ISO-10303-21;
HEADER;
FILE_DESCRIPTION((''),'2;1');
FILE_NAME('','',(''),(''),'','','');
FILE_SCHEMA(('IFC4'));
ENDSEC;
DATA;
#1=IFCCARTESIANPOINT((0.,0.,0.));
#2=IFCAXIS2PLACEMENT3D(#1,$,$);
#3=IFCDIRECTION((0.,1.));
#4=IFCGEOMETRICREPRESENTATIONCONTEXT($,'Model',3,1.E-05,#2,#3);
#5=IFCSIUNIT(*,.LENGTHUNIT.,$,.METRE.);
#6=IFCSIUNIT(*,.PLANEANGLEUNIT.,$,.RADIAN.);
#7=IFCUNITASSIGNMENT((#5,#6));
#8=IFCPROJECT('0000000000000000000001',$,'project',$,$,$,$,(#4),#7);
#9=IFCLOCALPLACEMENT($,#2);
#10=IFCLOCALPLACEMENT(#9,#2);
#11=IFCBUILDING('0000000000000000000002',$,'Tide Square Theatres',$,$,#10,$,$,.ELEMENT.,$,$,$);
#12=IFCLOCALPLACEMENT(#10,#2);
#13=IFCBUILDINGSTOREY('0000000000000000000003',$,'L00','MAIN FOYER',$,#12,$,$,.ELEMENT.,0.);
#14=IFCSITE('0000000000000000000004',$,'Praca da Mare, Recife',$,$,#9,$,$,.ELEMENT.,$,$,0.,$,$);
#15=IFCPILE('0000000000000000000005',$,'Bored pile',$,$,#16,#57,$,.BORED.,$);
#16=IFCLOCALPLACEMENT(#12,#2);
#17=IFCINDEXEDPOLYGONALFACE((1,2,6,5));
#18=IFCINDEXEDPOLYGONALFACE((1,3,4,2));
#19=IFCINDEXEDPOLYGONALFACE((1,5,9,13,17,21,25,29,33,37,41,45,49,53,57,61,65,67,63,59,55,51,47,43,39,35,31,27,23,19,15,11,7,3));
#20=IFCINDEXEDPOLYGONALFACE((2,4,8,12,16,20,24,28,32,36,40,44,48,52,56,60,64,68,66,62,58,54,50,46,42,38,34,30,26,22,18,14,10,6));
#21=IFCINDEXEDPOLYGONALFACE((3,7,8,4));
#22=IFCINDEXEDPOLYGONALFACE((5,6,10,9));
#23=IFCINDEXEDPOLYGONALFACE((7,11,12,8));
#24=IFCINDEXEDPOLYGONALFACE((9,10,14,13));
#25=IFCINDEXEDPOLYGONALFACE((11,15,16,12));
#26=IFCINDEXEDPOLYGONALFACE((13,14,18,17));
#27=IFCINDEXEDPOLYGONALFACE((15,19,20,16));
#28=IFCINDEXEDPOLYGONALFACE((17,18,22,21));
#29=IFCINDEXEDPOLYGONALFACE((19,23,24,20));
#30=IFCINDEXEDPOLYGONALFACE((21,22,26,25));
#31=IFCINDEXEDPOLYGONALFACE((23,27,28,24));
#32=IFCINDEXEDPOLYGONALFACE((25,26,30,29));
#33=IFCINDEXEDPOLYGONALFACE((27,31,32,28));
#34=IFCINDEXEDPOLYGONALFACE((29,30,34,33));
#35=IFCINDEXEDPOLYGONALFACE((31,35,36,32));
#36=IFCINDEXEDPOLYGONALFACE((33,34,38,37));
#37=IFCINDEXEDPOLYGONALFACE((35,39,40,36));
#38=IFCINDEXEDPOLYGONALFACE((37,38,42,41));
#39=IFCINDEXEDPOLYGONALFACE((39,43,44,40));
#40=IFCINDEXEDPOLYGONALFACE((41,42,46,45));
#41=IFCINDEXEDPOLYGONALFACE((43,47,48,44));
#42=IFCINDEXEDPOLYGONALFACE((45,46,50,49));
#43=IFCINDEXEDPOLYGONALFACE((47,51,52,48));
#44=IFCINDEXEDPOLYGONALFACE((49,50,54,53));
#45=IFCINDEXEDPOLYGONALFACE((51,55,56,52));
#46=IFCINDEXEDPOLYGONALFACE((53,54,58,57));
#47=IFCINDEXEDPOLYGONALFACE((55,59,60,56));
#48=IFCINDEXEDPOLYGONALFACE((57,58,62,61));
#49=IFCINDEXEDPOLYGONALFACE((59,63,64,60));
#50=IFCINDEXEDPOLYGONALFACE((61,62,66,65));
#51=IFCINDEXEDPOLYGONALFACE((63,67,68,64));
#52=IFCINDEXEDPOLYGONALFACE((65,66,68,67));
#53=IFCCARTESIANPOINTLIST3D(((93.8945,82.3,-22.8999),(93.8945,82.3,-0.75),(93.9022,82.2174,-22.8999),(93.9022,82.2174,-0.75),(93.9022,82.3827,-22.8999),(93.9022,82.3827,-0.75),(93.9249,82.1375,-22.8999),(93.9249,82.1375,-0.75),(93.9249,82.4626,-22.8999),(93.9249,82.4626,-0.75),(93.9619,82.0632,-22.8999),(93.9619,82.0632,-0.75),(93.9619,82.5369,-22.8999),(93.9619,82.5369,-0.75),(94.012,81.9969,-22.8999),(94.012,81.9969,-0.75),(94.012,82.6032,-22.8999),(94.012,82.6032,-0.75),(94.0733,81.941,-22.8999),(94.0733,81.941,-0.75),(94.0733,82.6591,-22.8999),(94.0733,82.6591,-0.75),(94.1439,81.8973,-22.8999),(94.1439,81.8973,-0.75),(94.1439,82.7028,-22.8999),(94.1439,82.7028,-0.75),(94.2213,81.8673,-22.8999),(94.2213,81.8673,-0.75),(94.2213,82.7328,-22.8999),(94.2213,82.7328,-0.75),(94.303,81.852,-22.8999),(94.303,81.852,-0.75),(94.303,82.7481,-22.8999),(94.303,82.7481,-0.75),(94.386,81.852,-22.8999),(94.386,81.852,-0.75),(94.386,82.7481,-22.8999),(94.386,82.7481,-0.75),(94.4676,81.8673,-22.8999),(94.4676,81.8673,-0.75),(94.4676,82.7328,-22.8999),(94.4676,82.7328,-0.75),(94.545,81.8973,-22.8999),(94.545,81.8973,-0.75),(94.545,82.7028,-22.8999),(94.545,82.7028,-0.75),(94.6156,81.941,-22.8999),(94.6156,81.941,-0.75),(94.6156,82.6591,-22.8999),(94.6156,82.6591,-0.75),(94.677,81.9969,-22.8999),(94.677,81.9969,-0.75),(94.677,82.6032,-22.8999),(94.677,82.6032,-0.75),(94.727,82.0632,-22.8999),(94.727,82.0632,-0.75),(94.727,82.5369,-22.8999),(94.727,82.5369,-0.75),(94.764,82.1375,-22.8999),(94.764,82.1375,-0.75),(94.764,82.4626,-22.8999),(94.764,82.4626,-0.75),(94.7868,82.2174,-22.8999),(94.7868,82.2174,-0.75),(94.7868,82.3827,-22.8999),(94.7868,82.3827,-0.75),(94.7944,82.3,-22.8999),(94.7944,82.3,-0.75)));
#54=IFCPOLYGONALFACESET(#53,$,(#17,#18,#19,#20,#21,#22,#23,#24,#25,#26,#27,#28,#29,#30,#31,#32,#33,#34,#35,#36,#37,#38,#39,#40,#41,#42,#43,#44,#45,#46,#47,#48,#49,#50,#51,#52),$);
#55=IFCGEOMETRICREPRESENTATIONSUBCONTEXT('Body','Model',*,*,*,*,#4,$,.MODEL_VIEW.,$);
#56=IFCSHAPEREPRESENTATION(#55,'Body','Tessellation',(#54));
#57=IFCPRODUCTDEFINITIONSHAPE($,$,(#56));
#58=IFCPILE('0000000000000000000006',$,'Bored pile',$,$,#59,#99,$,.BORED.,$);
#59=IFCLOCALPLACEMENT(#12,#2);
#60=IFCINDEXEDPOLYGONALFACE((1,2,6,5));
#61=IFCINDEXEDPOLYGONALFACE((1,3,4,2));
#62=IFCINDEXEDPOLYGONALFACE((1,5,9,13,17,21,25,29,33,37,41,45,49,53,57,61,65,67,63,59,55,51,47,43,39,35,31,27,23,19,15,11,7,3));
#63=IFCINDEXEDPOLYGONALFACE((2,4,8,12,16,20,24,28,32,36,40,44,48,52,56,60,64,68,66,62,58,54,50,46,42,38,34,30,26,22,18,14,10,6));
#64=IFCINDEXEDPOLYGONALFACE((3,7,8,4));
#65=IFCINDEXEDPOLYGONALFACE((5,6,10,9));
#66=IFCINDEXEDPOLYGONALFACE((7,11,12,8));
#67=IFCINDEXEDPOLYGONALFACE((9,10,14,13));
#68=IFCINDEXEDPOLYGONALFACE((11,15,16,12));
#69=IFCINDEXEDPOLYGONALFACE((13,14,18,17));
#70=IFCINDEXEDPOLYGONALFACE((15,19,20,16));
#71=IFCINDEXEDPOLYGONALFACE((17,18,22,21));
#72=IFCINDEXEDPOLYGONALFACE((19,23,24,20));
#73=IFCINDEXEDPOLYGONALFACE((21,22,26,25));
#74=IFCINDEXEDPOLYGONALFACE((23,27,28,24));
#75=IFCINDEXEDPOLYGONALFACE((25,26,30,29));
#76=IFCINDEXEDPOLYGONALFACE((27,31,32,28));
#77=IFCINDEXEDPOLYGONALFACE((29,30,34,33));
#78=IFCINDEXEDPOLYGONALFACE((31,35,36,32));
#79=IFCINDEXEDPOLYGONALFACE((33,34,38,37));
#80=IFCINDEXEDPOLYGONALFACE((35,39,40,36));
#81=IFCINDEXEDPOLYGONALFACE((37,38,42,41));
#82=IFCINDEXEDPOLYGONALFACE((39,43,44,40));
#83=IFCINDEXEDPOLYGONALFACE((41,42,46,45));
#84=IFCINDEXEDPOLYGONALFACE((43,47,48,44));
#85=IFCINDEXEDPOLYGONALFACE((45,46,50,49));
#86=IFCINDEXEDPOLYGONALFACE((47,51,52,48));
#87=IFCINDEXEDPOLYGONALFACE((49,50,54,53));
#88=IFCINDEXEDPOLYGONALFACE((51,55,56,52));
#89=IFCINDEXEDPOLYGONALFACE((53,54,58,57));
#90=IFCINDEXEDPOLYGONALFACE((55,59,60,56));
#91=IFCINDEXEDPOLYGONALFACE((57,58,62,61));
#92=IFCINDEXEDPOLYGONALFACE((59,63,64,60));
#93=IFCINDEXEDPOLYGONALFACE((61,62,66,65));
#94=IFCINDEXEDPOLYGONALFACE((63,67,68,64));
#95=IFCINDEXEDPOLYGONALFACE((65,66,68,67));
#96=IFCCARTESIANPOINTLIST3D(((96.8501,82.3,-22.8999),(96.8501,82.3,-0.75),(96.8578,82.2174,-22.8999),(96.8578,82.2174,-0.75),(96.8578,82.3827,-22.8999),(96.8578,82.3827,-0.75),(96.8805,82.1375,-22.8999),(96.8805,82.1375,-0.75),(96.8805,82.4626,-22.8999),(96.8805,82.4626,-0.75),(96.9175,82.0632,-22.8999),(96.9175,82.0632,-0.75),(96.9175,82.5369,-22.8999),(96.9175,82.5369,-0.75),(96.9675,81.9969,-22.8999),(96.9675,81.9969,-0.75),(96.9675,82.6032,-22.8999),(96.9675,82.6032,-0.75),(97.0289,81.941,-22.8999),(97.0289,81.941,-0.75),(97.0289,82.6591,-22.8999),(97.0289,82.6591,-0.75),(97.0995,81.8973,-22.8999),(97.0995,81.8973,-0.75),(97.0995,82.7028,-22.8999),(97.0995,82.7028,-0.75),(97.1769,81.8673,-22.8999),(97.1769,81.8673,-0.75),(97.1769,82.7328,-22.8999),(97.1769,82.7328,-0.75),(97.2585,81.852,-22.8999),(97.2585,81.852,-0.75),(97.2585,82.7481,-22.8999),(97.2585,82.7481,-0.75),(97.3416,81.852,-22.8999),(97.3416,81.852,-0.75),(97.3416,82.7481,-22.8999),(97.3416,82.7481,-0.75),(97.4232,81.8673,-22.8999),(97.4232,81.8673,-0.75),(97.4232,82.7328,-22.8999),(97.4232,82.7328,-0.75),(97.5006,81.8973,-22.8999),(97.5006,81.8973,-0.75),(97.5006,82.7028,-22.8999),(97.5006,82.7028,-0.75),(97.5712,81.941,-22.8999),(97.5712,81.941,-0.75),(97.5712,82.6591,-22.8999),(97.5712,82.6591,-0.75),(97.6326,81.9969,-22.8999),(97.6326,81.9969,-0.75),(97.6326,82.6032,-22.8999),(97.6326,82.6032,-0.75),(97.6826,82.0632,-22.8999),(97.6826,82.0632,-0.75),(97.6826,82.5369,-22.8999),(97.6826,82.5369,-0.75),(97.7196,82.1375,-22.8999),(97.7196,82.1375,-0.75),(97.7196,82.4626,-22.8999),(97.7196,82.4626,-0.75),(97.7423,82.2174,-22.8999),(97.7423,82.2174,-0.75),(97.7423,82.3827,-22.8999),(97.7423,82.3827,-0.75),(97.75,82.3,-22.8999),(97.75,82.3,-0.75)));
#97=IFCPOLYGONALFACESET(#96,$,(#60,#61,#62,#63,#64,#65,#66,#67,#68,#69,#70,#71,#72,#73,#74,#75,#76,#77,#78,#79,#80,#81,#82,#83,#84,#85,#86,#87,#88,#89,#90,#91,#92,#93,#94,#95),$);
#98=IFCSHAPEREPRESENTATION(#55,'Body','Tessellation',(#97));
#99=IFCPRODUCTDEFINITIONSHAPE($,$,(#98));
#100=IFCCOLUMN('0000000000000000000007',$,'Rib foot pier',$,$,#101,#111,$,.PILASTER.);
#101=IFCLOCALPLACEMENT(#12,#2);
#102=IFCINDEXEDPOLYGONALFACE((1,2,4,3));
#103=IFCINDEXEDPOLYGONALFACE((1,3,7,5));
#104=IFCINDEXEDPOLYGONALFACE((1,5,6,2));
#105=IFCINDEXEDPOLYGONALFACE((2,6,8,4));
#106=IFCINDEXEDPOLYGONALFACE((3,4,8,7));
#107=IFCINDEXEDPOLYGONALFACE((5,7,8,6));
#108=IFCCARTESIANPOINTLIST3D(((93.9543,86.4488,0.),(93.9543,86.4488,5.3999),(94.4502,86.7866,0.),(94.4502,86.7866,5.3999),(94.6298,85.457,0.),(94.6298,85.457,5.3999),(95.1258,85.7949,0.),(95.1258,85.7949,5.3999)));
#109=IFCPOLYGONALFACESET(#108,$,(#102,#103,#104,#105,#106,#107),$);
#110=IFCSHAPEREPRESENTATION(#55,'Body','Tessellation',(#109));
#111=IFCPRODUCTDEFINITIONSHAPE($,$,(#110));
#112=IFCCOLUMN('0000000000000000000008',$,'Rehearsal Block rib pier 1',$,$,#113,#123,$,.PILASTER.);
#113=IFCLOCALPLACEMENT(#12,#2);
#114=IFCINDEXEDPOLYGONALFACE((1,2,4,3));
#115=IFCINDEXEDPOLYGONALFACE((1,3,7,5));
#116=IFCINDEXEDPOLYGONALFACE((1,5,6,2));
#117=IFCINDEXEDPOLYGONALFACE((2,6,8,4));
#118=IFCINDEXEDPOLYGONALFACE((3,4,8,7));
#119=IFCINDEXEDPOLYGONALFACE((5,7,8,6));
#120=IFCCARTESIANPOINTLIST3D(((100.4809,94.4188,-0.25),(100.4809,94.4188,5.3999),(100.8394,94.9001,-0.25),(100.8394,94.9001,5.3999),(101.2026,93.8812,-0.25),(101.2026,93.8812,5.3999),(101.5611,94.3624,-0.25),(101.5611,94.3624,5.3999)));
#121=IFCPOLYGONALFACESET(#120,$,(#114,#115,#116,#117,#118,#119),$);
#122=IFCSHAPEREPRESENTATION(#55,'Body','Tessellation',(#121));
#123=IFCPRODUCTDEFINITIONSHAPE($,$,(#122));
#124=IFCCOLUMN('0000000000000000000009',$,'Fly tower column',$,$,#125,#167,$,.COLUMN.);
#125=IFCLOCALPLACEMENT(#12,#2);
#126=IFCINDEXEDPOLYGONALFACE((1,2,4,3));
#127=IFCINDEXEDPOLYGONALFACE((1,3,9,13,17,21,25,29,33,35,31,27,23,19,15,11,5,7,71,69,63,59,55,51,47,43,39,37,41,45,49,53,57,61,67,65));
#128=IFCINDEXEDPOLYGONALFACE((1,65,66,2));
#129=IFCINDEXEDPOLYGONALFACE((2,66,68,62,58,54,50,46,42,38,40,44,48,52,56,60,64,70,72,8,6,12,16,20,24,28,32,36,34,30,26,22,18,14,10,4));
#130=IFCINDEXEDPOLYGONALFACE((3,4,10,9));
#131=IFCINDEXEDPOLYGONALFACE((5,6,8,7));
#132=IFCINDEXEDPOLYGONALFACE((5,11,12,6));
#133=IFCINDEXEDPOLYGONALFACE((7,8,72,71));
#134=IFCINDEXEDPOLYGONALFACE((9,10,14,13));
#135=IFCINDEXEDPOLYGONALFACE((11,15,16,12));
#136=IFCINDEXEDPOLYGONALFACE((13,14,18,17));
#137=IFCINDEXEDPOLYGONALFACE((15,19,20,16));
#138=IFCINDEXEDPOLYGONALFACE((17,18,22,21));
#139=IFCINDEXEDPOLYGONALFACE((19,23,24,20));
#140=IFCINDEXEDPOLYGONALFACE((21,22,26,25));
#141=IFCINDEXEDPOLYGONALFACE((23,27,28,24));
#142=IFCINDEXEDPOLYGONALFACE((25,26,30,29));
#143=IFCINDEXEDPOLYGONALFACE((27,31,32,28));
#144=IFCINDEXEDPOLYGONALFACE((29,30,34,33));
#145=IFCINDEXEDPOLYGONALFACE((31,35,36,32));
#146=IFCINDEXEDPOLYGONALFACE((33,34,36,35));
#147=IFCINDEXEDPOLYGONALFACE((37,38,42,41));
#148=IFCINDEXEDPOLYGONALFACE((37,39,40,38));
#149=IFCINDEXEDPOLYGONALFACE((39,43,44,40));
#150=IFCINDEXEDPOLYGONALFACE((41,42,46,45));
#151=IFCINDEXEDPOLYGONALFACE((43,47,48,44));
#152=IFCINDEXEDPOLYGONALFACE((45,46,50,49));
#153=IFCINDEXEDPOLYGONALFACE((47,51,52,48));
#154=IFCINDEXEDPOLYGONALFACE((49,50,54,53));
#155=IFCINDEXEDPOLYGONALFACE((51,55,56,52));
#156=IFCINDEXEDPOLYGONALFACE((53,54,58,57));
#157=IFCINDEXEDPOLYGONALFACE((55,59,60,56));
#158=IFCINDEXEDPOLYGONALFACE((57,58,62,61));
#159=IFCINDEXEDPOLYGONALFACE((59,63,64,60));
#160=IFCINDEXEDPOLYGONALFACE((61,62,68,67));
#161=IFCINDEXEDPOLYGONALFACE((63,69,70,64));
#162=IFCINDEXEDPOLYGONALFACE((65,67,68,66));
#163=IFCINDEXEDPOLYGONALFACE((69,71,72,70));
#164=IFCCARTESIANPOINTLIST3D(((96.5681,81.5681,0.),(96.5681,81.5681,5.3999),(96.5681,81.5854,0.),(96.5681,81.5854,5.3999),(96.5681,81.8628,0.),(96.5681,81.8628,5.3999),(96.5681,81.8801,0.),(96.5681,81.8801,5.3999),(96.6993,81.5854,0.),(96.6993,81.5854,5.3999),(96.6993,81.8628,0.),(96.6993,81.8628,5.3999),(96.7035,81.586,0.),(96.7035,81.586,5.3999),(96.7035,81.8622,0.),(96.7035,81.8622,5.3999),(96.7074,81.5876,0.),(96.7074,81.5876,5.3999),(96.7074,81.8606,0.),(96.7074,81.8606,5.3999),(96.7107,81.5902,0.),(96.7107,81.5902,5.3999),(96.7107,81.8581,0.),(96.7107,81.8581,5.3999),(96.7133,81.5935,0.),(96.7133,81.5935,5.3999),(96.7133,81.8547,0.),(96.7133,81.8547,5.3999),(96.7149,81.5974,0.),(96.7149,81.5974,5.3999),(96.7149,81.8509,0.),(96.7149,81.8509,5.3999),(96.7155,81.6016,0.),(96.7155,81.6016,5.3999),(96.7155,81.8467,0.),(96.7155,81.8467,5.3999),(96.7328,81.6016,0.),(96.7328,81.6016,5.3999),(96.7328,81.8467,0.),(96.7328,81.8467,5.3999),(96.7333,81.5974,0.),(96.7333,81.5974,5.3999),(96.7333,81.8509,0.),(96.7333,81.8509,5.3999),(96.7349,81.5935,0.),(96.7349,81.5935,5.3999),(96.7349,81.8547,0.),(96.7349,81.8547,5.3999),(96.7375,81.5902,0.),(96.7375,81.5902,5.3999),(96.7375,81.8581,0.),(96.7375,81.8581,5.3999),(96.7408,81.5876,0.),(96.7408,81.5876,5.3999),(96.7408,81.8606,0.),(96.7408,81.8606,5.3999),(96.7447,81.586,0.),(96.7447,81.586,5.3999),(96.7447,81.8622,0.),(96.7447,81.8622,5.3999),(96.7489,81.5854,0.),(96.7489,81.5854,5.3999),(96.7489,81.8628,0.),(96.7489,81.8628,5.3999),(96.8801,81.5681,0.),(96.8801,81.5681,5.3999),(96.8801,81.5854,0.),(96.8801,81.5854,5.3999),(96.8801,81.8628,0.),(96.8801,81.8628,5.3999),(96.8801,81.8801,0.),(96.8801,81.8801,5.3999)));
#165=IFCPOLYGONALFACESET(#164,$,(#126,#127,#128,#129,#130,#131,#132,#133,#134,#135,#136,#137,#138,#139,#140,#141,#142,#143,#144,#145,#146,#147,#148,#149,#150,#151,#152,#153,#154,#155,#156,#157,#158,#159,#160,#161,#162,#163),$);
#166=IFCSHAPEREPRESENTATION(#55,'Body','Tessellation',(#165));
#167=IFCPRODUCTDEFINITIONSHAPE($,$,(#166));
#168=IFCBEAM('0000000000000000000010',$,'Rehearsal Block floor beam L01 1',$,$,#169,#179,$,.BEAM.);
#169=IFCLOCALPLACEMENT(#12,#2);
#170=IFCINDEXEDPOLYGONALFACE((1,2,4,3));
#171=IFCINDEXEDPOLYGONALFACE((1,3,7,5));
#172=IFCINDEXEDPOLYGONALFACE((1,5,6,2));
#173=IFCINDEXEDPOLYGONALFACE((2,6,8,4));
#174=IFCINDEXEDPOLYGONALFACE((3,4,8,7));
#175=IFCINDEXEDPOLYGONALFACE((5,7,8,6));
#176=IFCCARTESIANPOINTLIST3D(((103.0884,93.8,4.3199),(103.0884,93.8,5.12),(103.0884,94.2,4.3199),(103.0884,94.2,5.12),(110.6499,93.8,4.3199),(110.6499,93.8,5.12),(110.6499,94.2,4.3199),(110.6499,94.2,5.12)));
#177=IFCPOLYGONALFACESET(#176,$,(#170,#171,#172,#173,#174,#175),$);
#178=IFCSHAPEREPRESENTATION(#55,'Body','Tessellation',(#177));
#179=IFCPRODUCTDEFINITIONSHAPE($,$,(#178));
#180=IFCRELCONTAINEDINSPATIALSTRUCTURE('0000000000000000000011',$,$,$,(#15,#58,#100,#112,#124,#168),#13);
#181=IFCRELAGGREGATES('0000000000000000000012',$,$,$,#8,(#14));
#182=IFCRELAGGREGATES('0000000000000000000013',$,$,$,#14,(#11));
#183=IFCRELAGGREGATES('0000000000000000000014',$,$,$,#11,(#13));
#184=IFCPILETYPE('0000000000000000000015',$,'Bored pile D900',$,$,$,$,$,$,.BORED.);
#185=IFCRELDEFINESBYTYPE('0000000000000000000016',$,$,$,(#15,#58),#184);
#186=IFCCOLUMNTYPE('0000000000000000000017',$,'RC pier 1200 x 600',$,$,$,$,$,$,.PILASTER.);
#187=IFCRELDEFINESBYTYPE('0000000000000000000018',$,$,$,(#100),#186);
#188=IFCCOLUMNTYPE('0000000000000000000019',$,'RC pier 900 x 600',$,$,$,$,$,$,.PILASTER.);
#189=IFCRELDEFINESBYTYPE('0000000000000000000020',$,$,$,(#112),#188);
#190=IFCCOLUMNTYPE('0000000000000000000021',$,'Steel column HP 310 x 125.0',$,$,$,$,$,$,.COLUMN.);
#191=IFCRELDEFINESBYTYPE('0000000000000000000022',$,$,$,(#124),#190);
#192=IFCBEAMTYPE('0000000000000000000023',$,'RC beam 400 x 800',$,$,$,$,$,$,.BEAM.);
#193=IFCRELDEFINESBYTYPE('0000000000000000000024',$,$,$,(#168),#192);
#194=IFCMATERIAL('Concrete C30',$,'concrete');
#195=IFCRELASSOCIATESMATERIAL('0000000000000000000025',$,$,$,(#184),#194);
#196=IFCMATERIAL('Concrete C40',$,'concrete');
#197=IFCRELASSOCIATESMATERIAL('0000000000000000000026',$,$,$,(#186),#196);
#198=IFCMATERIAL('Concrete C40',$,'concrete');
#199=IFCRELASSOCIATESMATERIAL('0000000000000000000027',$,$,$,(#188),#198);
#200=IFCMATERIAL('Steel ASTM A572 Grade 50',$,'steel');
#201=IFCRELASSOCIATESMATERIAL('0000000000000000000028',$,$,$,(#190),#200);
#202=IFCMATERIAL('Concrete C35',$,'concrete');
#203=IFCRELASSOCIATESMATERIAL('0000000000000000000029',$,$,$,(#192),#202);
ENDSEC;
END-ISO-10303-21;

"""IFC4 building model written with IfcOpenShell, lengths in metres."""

from ifc_helpers import new_model, si_unit, direction, frame, origin, origin_2d, place, context, subcontext, project, spatial, rectangle, circle, i_section, extrude, material, material_profile, profile_set, type_object, element, save


model = new_model("IFC4")

# Units and contexts
model_context = context("Model", 3, precision=1e-05, world=origin(), true_north=direction((0.0, 1.0)))
body_context = subcontext(model_context, "Body", "Model", "MODEL_VIEW")
ifc_project = project(units=[si_unit("LENGTHUNIT", "METRE"), si_unit("PLANEANGLEUNIT", "RADIAN")], contexts=[model_context])

# Site, building, storey
site_placement = place(None, origin())
site = spatial("IfcSite", under=ifc_project, at=site_placement, Name="Praca da Mare, Recife", CompositionType="ELEMENT", RefElevation=0.0)
building_placement = place(site_placement, origin())
building = spatial("IfcBuilding", under=site, at=building_placement, Name="Tide Square Theatres", CompositionType="ELEMENT")
storey_placement = place(building_placement, origin())
storey = spatial("IfcBuildingStorey", under=building, at=storey_placement, Name="L00", Description="MAIN FOYER", CompositionType="ELEMENT", Elevation=0.0)

# Piles
ifc_material_1 = material(Name="Concrete C30", Category="concrete")
ifc_material_profile_1 = material_profile(ifc_material_1, circle(Radius=0.45, at=origin_2d()))
ifc_profile_set_1 = profile_set([ifc_material_profile_1], Name="Concrete C30")
pile_type_1 = type_object("IfcPileType", Name="Bored pile D900", PredefinedType="BORED", material=ifc_profile_set_1)
for number, where, z_axis, x_axis, name in (
    (1, (94.3445, 82.3, -0.75), (0.0, 0.0, -1.0), (1.0, 0.0, 0.0), "Bored pile"),
    (2, (97.3, 82.3, -0.75), (0.0, 0.0, -1.0), (1.0, 0.0, 0.0), "Bored pile"),
):
    element("IfcPile", number, at=place(storey_placement, frame(where, z_axis=z_axis, x_axis=x_axis)), inside=storey, type_object=pile_type_1, Name=name, PredefinedType="BORED", context=body_context, shape_type="SweptSolid", body=[
        extrude(circle(Radius=0.45, at=origin_2d()), origin(), (0.0, 0.0, 1.0), 22.1499),
    ])

# Columns
ifc_material_2 = material(Name="Concrete C40", Category="concrete")
ifc_material_profile_2 = material_profile(ifc_material_2, rectangle(XDim=1.2, YDim=0.6001, at=origin_2d()))
ifc_profile_set_2 = profile_set([ifc_material_profile_2], Name="Concrete C40")
column_type_1 = type_object("IfcColumnType", Name="RC pier 1200 x 600", PredefinedType="PILASTER", material=ifc_profile_set_2)
column_1_placement = place(storey_placement, frame((94.54, 86.1218, 0.0), z_axis=(0.0, 0.0, 1.0), x_axis=(-0.562978, 0.826472, 0.0)))
element("IfcColumn", 3, at=column_1_placement, inside=storey, type_object=column_type_1, Name="Rib foot pier", PredefinedType="PILASTER", context=body_context, shape_type="SweptSolid", body=[
    extrude(rectangle(XDim=1.2, YDim=0.6001, at=origin_2d()), origin(), (0.0, 0.0, 1.0), 5.3999),
])
ifc_material_3 = material(Name="Concrete C40", Category="concrete")
ifc_material_profile_3 = material_profile(ifc_material_3, rectangle(XDim=0.8999, YDim=0.6001, at=origin_2d()))
ifc_profile_set_3 = profile_set([ifc_material_profile_3], Name="Concrete C40")
column_type_2 = type_object("IfcColumnType", Name="RC pier 900 x 600", PredefinedType="PILASTER", material=ifc_profile_set_3)
column_2_placement = place(storey_placement, frame((101.021, 94.3906, -0.25), z_axis=(0.0, 0.0, 1.0), x_axis=(0.801928, -0.597421, 0.0)))
element("IfcColumn", 4, at=column_2_placement, inside=storey, type_object=column_type_2, Name="Rehearsal Block rib pier 1", PredefinedType="PILASTER", context=body_context, shape_type="SweptSolid", body=[
    extrude(rectangle(XDim=0.8999, YDim=0.6001, at=origin_2d()), origin(), (0.0, 0.0, 1.0), 5.6499),
])
ifc_material_4 = material(Name="Steel ASTM A572 Grade 50", Category="steel")
ifc_material_profile_4 = material_profile(ifc_material_4, i_section(OverallWidth=0.312, OverallDepth=0.312, WebThickness=0.0173, FlangeThickness=0.0173, FilletRadius=0.0161, at=origin_2d()))
ifc_profile_set_4 = profile_set([ifc_material_profile_4], Name="Steel ASTM A572 Grade 50")
column_type_3 = type_object("IfcColumnType", Name="Steel column HP 310 x 125.0", PredefinedType="COLUMN", material=ifc_profile_set_4)
column_3_placement = place(storey_placement, frame((96.7241, 81.7241, 0.0), z_axis=(0.0, 0.0, 1.0), x_axis=(1.0, 0.0, 0.0)))
element("IfcColumn", 5, at=column_3_placement, inside=storey, type_object=column_type_3, Name="Fly tower column", PredefinedType="COLUMN", context=body_context, shape_type="SweptSolid", body=[
    extrude(i_section(OverallWidth=0.312, OverallDepth=0.312, WebThickness=0.0173, FlangeThickness=0.0173, FilletRadius=0.0161, at=origin_2d()), origin(), (0.0, 0.0, 1.0), 5.3999),
])

# Beam
ifc_material_5 = material(Name="Concrete C35", Category="concrete")
ifc_material_profile_5 = material_profile(ifc_material_5, rectangle(XDim=0.3999, YDim=0.8, at=origin_2d()))
ifc_profile_set_5 = profile_set([ifc_material_profile_5], Name="Concrete C35")
beam_type = type_object("IfcBeamType", Name="RC beam 400 x 800", PredefinedType="BEAM", material=ifc_profile_set_5)
beam_placement = place(storey_placement, frame((103.0884, 94.0, 4.72), z_axis=(1.0, 0.0, 0.0), x_axis=(0.0, 1.0, 0.0)))
element("IfcBeam", 6, at=beam_placement, inside=storey, type_object=beam_type, Name="Rehearsal Block floor beam L01 1", PredefinedType="BEAM", context=body_context, shape_type="SweptSolid", body=[
    extrude(rectangle(XDim=0.3999, YDim=0.8, at=origin_2d()), origin(), (0.0, 0.0, 1.0), 7.5615),
])

save(model, "model.ifc")
